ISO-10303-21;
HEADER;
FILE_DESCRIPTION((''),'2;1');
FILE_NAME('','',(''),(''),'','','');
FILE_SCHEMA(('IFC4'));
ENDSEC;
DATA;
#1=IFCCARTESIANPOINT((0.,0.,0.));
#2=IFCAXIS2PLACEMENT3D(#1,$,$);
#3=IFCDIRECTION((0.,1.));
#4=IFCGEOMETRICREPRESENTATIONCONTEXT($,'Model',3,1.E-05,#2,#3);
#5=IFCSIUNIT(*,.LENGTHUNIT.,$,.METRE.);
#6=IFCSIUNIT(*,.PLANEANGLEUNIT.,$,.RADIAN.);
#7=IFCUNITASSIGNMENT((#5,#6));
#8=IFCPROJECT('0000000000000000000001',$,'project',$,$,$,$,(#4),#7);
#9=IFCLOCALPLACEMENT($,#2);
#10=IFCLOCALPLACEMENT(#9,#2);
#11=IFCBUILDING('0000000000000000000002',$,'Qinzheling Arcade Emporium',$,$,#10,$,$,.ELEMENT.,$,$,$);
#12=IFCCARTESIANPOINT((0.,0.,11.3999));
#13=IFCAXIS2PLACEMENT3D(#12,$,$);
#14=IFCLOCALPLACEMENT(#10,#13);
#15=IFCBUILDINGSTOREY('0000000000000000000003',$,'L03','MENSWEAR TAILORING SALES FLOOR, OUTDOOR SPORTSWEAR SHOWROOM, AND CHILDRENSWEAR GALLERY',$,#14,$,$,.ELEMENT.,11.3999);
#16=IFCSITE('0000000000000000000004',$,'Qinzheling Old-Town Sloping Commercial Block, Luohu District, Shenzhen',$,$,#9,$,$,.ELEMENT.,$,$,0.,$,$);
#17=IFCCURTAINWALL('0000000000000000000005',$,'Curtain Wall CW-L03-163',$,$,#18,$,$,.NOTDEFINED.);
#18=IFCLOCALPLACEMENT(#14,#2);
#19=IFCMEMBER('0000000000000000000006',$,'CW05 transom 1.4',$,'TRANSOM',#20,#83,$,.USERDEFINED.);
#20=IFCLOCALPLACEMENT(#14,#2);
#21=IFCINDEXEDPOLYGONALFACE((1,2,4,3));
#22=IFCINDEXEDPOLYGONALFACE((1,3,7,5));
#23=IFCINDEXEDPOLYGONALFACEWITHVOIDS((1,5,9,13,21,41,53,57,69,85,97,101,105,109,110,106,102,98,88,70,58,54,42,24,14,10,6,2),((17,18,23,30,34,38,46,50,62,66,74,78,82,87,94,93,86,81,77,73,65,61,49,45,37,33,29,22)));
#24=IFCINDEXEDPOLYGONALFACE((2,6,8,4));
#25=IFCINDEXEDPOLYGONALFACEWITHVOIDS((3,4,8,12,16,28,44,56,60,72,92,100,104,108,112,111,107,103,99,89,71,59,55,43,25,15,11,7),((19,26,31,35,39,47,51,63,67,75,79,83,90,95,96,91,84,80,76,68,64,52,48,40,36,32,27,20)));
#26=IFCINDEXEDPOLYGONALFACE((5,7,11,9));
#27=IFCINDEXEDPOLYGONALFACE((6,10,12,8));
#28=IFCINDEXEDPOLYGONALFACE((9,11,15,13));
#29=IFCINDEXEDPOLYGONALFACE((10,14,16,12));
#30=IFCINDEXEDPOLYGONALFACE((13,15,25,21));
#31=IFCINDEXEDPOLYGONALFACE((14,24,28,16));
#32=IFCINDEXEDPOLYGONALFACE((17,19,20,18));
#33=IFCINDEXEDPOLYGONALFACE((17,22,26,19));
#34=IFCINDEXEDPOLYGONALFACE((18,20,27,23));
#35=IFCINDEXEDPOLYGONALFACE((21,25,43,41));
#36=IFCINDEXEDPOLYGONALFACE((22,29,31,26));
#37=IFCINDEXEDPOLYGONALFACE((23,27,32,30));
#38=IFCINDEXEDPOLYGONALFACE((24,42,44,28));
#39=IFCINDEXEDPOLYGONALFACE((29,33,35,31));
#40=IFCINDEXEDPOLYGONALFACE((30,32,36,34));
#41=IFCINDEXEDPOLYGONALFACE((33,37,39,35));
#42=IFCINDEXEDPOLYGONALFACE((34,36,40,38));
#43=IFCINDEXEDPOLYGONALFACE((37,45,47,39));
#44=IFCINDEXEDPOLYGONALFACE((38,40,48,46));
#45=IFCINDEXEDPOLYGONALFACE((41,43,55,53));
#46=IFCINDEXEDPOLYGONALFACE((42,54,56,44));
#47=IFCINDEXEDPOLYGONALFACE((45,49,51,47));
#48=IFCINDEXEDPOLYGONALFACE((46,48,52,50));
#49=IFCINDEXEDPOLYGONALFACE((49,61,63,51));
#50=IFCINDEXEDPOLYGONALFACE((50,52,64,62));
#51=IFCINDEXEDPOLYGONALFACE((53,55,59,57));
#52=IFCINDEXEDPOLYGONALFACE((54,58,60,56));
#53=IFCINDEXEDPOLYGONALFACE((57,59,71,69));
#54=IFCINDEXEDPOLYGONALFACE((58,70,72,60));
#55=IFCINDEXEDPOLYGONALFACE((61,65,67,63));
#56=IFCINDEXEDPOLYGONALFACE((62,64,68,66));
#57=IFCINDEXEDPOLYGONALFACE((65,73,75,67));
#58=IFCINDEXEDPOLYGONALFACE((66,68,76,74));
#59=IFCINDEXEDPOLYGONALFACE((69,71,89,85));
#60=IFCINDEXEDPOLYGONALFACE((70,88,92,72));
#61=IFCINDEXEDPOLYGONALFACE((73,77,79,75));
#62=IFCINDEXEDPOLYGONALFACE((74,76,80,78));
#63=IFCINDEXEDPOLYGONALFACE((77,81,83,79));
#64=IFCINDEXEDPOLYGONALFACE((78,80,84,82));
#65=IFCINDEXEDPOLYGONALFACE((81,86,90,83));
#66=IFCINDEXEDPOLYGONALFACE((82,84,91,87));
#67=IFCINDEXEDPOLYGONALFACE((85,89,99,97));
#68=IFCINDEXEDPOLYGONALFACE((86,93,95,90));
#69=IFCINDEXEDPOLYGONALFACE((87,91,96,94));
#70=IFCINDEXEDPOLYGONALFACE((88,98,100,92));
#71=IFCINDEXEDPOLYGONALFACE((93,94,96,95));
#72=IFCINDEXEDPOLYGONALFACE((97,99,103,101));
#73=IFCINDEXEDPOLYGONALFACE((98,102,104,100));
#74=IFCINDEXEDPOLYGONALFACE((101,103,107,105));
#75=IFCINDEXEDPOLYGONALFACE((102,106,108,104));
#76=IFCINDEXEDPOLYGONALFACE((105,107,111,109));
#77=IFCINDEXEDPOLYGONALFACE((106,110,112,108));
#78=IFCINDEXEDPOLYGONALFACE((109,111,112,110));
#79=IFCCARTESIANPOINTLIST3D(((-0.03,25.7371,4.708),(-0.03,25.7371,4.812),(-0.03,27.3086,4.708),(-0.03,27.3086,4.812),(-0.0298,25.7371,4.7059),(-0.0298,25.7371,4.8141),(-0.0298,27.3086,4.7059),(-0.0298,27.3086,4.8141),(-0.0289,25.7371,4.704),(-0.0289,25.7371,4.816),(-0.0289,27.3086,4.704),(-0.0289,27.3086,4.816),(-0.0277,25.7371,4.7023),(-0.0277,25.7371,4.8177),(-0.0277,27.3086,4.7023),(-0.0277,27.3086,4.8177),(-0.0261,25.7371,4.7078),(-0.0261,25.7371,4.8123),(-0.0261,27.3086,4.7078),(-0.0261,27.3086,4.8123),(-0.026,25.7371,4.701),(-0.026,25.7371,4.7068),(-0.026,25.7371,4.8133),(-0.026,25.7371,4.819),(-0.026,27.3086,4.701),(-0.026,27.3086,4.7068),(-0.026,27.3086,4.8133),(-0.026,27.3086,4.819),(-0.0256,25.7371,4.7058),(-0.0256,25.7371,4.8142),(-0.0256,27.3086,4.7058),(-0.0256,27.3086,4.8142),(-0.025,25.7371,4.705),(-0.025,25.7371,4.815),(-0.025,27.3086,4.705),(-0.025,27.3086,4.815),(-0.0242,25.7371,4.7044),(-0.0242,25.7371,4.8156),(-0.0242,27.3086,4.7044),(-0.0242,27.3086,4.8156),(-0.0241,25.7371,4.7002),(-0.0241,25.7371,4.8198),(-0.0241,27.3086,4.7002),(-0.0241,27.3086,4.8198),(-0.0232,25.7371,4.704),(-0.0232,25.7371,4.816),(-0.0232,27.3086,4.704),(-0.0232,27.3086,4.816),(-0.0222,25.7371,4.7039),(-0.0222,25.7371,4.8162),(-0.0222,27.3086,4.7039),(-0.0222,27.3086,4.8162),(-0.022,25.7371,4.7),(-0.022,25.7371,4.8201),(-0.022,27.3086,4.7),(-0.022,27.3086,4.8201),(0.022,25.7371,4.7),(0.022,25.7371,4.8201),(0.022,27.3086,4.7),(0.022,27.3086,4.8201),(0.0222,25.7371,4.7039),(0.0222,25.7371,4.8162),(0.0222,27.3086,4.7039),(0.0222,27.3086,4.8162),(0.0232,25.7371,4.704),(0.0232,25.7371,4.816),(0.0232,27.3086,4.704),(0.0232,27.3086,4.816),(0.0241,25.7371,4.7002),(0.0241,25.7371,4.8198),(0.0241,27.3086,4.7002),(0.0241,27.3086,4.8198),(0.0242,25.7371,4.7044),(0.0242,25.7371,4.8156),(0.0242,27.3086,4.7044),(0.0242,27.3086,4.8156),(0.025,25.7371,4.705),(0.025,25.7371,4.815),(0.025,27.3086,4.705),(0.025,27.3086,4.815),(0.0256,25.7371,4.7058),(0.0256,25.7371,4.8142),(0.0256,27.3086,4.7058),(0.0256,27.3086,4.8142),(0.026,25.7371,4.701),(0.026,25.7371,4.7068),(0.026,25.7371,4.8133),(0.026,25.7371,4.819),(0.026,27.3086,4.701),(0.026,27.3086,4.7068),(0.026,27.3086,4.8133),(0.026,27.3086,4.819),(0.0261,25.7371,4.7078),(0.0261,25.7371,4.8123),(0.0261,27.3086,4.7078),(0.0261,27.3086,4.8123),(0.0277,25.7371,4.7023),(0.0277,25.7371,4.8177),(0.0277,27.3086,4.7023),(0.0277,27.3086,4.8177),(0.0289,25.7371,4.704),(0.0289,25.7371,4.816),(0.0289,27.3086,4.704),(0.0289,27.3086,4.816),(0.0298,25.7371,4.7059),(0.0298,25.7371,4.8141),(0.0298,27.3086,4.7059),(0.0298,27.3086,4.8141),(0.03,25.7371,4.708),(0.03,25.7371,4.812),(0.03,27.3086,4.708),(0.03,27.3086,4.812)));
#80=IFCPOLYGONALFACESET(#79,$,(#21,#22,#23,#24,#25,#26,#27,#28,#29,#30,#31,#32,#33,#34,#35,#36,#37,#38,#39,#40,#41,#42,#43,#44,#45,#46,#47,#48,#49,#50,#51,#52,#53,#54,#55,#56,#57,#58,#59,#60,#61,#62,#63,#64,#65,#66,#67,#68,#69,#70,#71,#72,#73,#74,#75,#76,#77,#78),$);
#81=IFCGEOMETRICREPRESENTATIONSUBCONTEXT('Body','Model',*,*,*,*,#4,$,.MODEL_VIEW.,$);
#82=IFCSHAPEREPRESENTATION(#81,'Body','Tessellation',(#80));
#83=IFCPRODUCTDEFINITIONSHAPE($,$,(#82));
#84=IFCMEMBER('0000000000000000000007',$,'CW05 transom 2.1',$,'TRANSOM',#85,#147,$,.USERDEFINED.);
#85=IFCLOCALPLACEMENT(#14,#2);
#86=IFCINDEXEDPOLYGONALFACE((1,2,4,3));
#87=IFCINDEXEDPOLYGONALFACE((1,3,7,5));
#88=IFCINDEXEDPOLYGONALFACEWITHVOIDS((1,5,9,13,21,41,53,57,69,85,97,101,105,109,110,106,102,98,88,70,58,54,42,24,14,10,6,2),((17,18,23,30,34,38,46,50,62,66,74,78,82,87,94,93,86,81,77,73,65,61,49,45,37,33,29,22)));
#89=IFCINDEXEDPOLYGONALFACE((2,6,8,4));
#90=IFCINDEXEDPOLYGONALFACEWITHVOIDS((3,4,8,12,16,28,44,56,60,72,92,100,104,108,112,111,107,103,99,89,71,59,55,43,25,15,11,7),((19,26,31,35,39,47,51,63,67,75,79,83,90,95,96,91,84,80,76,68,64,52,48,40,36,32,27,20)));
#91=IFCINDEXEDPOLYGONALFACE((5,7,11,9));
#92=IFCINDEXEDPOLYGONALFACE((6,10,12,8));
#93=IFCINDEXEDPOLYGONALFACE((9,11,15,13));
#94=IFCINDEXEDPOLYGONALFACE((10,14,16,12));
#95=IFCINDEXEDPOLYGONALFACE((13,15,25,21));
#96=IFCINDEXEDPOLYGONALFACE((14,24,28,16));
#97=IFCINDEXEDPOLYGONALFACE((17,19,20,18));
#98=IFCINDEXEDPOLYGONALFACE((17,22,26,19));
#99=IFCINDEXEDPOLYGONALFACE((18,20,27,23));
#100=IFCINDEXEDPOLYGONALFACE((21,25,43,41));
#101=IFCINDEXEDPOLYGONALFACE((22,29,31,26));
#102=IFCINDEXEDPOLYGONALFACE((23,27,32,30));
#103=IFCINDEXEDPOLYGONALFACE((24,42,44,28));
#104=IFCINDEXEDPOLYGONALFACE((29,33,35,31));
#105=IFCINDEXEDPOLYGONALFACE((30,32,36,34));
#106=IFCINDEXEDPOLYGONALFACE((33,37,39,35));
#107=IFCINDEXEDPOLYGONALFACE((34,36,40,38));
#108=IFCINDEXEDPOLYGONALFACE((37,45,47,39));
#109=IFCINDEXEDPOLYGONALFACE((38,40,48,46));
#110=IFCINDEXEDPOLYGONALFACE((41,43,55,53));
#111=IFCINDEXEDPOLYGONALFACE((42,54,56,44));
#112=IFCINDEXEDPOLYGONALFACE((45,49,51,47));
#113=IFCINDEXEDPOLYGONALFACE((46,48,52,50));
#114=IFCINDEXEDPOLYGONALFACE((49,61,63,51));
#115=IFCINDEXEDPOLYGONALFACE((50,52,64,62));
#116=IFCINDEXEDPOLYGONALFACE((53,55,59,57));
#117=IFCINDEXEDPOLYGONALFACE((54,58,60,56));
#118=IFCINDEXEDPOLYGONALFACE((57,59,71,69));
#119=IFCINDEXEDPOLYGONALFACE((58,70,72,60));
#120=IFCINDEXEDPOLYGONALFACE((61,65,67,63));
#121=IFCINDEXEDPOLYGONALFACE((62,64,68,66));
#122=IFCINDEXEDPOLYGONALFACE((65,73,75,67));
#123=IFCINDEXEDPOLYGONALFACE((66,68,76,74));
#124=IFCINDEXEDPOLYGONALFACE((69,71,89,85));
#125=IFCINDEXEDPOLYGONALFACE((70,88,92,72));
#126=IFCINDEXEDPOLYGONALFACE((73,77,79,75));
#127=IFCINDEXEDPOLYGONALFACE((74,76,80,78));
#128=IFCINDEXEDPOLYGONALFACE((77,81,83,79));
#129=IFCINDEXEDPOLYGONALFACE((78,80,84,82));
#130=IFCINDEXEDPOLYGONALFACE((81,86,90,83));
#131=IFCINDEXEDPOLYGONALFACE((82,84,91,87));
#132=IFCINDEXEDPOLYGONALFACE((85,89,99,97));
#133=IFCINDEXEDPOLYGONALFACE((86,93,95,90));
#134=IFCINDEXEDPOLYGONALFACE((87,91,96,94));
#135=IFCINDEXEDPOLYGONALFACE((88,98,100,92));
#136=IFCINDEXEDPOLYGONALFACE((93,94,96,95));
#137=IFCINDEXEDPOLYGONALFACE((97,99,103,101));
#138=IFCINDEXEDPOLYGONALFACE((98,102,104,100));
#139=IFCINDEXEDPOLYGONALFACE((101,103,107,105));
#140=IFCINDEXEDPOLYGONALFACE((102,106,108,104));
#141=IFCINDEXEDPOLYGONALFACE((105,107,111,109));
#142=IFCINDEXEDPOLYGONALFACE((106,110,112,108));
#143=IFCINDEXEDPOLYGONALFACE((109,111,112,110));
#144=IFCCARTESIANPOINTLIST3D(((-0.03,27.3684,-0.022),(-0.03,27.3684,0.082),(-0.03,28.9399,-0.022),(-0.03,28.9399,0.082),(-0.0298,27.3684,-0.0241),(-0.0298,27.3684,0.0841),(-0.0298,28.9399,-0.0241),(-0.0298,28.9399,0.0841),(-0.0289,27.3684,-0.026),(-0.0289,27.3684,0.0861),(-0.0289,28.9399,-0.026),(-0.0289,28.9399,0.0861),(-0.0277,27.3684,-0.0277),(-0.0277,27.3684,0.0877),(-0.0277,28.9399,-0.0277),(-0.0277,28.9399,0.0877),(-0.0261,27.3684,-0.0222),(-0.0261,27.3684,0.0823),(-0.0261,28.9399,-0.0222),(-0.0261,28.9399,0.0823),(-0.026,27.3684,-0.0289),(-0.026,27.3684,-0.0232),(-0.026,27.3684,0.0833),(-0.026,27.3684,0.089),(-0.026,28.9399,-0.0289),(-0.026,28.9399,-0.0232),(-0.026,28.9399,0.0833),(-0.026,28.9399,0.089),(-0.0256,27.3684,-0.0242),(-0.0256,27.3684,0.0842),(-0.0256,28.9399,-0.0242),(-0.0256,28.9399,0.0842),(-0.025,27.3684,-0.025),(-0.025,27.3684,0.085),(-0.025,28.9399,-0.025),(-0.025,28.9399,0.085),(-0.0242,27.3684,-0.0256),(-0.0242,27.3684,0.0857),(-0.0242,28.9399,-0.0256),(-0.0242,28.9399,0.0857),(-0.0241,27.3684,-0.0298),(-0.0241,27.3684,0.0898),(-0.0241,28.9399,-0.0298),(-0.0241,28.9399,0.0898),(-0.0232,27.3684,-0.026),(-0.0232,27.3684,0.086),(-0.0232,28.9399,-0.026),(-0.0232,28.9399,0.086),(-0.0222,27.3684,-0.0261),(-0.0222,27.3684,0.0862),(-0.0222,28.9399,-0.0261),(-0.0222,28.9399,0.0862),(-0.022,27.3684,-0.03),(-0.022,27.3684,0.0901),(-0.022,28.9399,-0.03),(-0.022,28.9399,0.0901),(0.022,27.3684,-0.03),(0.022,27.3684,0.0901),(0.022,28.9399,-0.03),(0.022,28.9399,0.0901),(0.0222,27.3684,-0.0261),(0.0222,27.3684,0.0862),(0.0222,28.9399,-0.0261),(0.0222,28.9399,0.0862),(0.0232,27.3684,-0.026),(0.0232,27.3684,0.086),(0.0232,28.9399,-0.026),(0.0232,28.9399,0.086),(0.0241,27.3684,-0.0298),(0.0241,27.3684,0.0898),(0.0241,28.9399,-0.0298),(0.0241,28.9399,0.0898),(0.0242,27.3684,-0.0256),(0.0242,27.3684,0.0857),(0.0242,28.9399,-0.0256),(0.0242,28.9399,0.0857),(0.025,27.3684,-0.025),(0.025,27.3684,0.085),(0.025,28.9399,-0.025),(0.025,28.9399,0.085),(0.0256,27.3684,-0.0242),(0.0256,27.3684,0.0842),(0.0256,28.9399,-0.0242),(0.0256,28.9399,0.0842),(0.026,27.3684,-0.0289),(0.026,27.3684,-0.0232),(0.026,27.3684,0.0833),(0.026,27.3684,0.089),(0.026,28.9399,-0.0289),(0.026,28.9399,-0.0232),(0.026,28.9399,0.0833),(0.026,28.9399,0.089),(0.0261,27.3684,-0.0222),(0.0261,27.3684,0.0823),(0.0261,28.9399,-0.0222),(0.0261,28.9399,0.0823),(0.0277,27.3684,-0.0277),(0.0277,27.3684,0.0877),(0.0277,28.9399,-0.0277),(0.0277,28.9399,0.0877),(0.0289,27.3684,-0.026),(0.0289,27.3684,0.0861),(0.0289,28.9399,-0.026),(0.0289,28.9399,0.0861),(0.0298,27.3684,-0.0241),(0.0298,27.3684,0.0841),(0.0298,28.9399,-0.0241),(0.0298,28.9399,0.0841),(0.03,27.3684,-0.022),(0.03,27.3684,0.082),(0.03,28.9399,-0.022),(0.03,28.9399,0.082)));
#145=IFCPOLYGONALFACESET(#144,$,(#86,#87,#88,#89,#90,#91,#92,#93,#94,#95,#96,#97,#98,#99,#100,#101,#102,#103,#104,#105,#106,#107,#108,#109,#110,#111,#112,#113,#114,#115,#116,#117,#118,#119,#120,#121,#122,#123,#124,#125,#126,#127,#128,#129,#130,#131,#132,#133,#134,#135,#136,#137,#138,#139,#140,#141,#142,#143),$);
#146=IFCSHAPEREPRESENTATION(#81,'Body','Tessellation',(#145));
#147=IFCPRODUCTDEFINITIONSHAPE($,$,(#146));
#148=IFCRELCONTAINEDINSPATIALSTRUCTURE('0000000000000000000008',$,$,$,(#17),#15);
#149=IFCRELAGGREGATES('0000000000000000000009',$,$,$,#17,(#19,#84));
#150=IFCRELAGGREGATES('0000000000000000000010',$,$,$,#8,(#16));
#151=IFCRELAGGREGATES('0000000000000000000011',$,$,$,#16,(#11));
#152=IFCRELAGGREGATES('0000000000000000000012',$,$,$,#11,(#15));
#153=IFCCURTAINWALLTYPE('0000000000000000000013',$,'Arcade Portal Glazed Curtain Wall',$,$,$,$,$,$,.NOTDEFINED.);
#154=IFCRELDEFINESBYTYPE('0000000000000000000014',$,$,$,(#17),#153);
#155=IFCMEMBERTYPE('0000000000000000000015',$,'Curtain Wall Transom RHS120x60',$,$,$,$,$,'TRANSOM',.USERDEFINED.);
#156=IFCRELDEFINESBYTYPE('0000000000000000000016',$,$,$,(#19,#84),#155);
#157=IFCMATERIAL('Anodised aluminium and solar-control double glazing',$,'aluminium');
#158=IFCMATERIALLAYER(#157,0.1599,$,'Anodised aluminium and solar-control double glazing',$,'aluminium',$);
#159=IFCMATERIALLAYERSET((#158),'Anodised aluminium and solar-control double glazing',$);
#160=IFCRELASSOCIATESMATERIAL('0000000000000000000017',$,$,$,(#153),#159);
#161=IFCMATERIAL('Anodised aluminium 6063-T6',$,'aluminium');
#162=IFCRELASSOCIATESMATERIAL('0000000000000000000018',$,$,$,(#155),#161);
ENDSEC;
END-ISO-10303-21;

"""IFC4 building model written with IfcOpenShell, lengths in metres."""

from ifc_helpers import new_model, si_unit, direction, frame, origin, origin_2d, place, context, subcontext, project, spatial, hollow_rectangle, extrude, material, layer, layer_set, material_profile, profile_set, type_object, element, aggregate, save


model = new_model("IFC4")

# Units and contexts
model_context = context("Model", 3, precision=1e-05, world=origin(), true_north=direction((0.0, 1.0)))
body_context = subcontext(model_context, "Body", "Model", "MODEL_VIEW")
ifc_project = project(units=[si_unit("LENGTHUNIT", "METRE"), si_unit("PLANEANGLEUNIT", "RADIAN")], contexts=[model_context])

# Site, building, storey
site_placement = place(None, origin())
site = spatial("IfcSite", under=ifc_project, at=site_placement, Name="Qinzheling Old-Town Sloping Commercial Block, Luohu District, Shenzhen", CompositionType="ELEMENT", RefElevation=0.0)
building_placement = place(site_placement, origin())
building = spatial("IfcBuilding", under=site, at=building_placement, Name="Qinzheling Arcade Emporium", CompositionType="ELEMENT")
storey_placement = place(building_placement, frame((0.0, 0.0, 11.3999)))
storey = spatial("IfcBuildingStorey", under=building, at=storey_placement, Name="L03", Description="MENSWEAR TAILORING SALES FLOOR, OUTDOOR SPORTSWEAR SHOWROOM, AND CHILDRENSWEAR GALLERY", CompositionType="ELEMENT", Elevation=11.3999)

# Shared definitions
ifc_material_1 = material(Name="Anodised aluminium and solar-control double glazing", Category="aluminium")
ifc_material_2 = material(Name="Anodised aluminium 6063-T6", Category="aluminium")

# Curtain wall
ifc_layer_1 = layer(ifc_material_1, 0.1599, Name="Anodised aluminium and solar-control double glazing", Category="aluminium")
ifc_layer_set_1 = layer_set([ifc_layer_1], Name="Anodised aluminium and solar-control double glazing")
curtain_wall_type_1 = type_object("IfcCurtainWallType", Name="Arcade Portal Glazed Curtain Wall", PredefinedType="NOTDEFINED", material=ifc_layer_set_1)
curtain_wall_1_placement = place(storey_placement, origin())
curtain_wall_1 = element("IfcCurtainWall", 1, at=curtain_wall_1_placement, inside=storey, type_object=curtain_wall_type_1, Name="Curtain Wall CW-L03-163", PredefinedType="NOTDEFINED")

# Members
ifc_material_profile_1 = material_profile(ifc_material_2, hollow_rectangle(XDim=0.0601, YDim=0.1201, WallThickness=0.0039, InnerFilletRadius=0.0039, OuterFilletRadius=0.0081, at=origin_2d()), Name="RHS 120x60x4", Category="aluminium")
ifc_profile_set_1 = profile_set([ifc_material_profile_1], Name="Anodised aluminium 6063-T6")
member_type_1 = type_object("IfcMemberType", Name="Curtain Wall Transom RHS120x60", ElementType="TRANSOM", PredefinedType="USERDEFINED", material=ifc_profile_set_1)
member_1_placement = place(storey_placement, frame((0.0, 25.7371, 4.76), z_axis=(0.0, 1.0, 0.0), x_axis=(-1.0, 0.0, 0.0)))
member_1 = element("IfcMember", 2, at=member_1_placement, type_object=member_type_1, Name="CW05 transom 1.4", ObjectType="TRANSOM", PredefinedType="USERDEFINED", context=body_context, shape_type="SweptSolid", body=[
    extrude(hollow_rectangle(XDim=0.0601, YDim=0.1201, WallThickness=0.0039, InnerFilletRadius=0.0039, OuterFilletRadius=0.0081, at=origin_2d()), origin(), (0.0, 0.0, 1.0), 1.5715),
])
member_2_placement = place(storey_placement, frame((0.0, 27.3684, 0.03), z_axis=(0.0, 1.0, 0.0), x_axis=(-1.0, 0.0, 0.0)))
member_2 = element("IfcMember", 3, at=member_2_placement, type_object=member_type_1, Name="CW05 transom 2.1", ObjectType="TRANSOM", PredefinedType="USERDEFINED", context=body_context, shape_type="SweptSolid", body=[
    extrude(hollow_rectangle(XDim=0.0601, YDim=0.1201, WallThickness=0.0039, InnerFilletRadius=0.0039, OuterFilletRadius=0.0081, at=origin_2d()), origin(), (0.0, 0.0, 1.0), 1.5715),
])

aggregate(curtain_wall_1, [member_1, member_2])

save(model, "model.ifc")
